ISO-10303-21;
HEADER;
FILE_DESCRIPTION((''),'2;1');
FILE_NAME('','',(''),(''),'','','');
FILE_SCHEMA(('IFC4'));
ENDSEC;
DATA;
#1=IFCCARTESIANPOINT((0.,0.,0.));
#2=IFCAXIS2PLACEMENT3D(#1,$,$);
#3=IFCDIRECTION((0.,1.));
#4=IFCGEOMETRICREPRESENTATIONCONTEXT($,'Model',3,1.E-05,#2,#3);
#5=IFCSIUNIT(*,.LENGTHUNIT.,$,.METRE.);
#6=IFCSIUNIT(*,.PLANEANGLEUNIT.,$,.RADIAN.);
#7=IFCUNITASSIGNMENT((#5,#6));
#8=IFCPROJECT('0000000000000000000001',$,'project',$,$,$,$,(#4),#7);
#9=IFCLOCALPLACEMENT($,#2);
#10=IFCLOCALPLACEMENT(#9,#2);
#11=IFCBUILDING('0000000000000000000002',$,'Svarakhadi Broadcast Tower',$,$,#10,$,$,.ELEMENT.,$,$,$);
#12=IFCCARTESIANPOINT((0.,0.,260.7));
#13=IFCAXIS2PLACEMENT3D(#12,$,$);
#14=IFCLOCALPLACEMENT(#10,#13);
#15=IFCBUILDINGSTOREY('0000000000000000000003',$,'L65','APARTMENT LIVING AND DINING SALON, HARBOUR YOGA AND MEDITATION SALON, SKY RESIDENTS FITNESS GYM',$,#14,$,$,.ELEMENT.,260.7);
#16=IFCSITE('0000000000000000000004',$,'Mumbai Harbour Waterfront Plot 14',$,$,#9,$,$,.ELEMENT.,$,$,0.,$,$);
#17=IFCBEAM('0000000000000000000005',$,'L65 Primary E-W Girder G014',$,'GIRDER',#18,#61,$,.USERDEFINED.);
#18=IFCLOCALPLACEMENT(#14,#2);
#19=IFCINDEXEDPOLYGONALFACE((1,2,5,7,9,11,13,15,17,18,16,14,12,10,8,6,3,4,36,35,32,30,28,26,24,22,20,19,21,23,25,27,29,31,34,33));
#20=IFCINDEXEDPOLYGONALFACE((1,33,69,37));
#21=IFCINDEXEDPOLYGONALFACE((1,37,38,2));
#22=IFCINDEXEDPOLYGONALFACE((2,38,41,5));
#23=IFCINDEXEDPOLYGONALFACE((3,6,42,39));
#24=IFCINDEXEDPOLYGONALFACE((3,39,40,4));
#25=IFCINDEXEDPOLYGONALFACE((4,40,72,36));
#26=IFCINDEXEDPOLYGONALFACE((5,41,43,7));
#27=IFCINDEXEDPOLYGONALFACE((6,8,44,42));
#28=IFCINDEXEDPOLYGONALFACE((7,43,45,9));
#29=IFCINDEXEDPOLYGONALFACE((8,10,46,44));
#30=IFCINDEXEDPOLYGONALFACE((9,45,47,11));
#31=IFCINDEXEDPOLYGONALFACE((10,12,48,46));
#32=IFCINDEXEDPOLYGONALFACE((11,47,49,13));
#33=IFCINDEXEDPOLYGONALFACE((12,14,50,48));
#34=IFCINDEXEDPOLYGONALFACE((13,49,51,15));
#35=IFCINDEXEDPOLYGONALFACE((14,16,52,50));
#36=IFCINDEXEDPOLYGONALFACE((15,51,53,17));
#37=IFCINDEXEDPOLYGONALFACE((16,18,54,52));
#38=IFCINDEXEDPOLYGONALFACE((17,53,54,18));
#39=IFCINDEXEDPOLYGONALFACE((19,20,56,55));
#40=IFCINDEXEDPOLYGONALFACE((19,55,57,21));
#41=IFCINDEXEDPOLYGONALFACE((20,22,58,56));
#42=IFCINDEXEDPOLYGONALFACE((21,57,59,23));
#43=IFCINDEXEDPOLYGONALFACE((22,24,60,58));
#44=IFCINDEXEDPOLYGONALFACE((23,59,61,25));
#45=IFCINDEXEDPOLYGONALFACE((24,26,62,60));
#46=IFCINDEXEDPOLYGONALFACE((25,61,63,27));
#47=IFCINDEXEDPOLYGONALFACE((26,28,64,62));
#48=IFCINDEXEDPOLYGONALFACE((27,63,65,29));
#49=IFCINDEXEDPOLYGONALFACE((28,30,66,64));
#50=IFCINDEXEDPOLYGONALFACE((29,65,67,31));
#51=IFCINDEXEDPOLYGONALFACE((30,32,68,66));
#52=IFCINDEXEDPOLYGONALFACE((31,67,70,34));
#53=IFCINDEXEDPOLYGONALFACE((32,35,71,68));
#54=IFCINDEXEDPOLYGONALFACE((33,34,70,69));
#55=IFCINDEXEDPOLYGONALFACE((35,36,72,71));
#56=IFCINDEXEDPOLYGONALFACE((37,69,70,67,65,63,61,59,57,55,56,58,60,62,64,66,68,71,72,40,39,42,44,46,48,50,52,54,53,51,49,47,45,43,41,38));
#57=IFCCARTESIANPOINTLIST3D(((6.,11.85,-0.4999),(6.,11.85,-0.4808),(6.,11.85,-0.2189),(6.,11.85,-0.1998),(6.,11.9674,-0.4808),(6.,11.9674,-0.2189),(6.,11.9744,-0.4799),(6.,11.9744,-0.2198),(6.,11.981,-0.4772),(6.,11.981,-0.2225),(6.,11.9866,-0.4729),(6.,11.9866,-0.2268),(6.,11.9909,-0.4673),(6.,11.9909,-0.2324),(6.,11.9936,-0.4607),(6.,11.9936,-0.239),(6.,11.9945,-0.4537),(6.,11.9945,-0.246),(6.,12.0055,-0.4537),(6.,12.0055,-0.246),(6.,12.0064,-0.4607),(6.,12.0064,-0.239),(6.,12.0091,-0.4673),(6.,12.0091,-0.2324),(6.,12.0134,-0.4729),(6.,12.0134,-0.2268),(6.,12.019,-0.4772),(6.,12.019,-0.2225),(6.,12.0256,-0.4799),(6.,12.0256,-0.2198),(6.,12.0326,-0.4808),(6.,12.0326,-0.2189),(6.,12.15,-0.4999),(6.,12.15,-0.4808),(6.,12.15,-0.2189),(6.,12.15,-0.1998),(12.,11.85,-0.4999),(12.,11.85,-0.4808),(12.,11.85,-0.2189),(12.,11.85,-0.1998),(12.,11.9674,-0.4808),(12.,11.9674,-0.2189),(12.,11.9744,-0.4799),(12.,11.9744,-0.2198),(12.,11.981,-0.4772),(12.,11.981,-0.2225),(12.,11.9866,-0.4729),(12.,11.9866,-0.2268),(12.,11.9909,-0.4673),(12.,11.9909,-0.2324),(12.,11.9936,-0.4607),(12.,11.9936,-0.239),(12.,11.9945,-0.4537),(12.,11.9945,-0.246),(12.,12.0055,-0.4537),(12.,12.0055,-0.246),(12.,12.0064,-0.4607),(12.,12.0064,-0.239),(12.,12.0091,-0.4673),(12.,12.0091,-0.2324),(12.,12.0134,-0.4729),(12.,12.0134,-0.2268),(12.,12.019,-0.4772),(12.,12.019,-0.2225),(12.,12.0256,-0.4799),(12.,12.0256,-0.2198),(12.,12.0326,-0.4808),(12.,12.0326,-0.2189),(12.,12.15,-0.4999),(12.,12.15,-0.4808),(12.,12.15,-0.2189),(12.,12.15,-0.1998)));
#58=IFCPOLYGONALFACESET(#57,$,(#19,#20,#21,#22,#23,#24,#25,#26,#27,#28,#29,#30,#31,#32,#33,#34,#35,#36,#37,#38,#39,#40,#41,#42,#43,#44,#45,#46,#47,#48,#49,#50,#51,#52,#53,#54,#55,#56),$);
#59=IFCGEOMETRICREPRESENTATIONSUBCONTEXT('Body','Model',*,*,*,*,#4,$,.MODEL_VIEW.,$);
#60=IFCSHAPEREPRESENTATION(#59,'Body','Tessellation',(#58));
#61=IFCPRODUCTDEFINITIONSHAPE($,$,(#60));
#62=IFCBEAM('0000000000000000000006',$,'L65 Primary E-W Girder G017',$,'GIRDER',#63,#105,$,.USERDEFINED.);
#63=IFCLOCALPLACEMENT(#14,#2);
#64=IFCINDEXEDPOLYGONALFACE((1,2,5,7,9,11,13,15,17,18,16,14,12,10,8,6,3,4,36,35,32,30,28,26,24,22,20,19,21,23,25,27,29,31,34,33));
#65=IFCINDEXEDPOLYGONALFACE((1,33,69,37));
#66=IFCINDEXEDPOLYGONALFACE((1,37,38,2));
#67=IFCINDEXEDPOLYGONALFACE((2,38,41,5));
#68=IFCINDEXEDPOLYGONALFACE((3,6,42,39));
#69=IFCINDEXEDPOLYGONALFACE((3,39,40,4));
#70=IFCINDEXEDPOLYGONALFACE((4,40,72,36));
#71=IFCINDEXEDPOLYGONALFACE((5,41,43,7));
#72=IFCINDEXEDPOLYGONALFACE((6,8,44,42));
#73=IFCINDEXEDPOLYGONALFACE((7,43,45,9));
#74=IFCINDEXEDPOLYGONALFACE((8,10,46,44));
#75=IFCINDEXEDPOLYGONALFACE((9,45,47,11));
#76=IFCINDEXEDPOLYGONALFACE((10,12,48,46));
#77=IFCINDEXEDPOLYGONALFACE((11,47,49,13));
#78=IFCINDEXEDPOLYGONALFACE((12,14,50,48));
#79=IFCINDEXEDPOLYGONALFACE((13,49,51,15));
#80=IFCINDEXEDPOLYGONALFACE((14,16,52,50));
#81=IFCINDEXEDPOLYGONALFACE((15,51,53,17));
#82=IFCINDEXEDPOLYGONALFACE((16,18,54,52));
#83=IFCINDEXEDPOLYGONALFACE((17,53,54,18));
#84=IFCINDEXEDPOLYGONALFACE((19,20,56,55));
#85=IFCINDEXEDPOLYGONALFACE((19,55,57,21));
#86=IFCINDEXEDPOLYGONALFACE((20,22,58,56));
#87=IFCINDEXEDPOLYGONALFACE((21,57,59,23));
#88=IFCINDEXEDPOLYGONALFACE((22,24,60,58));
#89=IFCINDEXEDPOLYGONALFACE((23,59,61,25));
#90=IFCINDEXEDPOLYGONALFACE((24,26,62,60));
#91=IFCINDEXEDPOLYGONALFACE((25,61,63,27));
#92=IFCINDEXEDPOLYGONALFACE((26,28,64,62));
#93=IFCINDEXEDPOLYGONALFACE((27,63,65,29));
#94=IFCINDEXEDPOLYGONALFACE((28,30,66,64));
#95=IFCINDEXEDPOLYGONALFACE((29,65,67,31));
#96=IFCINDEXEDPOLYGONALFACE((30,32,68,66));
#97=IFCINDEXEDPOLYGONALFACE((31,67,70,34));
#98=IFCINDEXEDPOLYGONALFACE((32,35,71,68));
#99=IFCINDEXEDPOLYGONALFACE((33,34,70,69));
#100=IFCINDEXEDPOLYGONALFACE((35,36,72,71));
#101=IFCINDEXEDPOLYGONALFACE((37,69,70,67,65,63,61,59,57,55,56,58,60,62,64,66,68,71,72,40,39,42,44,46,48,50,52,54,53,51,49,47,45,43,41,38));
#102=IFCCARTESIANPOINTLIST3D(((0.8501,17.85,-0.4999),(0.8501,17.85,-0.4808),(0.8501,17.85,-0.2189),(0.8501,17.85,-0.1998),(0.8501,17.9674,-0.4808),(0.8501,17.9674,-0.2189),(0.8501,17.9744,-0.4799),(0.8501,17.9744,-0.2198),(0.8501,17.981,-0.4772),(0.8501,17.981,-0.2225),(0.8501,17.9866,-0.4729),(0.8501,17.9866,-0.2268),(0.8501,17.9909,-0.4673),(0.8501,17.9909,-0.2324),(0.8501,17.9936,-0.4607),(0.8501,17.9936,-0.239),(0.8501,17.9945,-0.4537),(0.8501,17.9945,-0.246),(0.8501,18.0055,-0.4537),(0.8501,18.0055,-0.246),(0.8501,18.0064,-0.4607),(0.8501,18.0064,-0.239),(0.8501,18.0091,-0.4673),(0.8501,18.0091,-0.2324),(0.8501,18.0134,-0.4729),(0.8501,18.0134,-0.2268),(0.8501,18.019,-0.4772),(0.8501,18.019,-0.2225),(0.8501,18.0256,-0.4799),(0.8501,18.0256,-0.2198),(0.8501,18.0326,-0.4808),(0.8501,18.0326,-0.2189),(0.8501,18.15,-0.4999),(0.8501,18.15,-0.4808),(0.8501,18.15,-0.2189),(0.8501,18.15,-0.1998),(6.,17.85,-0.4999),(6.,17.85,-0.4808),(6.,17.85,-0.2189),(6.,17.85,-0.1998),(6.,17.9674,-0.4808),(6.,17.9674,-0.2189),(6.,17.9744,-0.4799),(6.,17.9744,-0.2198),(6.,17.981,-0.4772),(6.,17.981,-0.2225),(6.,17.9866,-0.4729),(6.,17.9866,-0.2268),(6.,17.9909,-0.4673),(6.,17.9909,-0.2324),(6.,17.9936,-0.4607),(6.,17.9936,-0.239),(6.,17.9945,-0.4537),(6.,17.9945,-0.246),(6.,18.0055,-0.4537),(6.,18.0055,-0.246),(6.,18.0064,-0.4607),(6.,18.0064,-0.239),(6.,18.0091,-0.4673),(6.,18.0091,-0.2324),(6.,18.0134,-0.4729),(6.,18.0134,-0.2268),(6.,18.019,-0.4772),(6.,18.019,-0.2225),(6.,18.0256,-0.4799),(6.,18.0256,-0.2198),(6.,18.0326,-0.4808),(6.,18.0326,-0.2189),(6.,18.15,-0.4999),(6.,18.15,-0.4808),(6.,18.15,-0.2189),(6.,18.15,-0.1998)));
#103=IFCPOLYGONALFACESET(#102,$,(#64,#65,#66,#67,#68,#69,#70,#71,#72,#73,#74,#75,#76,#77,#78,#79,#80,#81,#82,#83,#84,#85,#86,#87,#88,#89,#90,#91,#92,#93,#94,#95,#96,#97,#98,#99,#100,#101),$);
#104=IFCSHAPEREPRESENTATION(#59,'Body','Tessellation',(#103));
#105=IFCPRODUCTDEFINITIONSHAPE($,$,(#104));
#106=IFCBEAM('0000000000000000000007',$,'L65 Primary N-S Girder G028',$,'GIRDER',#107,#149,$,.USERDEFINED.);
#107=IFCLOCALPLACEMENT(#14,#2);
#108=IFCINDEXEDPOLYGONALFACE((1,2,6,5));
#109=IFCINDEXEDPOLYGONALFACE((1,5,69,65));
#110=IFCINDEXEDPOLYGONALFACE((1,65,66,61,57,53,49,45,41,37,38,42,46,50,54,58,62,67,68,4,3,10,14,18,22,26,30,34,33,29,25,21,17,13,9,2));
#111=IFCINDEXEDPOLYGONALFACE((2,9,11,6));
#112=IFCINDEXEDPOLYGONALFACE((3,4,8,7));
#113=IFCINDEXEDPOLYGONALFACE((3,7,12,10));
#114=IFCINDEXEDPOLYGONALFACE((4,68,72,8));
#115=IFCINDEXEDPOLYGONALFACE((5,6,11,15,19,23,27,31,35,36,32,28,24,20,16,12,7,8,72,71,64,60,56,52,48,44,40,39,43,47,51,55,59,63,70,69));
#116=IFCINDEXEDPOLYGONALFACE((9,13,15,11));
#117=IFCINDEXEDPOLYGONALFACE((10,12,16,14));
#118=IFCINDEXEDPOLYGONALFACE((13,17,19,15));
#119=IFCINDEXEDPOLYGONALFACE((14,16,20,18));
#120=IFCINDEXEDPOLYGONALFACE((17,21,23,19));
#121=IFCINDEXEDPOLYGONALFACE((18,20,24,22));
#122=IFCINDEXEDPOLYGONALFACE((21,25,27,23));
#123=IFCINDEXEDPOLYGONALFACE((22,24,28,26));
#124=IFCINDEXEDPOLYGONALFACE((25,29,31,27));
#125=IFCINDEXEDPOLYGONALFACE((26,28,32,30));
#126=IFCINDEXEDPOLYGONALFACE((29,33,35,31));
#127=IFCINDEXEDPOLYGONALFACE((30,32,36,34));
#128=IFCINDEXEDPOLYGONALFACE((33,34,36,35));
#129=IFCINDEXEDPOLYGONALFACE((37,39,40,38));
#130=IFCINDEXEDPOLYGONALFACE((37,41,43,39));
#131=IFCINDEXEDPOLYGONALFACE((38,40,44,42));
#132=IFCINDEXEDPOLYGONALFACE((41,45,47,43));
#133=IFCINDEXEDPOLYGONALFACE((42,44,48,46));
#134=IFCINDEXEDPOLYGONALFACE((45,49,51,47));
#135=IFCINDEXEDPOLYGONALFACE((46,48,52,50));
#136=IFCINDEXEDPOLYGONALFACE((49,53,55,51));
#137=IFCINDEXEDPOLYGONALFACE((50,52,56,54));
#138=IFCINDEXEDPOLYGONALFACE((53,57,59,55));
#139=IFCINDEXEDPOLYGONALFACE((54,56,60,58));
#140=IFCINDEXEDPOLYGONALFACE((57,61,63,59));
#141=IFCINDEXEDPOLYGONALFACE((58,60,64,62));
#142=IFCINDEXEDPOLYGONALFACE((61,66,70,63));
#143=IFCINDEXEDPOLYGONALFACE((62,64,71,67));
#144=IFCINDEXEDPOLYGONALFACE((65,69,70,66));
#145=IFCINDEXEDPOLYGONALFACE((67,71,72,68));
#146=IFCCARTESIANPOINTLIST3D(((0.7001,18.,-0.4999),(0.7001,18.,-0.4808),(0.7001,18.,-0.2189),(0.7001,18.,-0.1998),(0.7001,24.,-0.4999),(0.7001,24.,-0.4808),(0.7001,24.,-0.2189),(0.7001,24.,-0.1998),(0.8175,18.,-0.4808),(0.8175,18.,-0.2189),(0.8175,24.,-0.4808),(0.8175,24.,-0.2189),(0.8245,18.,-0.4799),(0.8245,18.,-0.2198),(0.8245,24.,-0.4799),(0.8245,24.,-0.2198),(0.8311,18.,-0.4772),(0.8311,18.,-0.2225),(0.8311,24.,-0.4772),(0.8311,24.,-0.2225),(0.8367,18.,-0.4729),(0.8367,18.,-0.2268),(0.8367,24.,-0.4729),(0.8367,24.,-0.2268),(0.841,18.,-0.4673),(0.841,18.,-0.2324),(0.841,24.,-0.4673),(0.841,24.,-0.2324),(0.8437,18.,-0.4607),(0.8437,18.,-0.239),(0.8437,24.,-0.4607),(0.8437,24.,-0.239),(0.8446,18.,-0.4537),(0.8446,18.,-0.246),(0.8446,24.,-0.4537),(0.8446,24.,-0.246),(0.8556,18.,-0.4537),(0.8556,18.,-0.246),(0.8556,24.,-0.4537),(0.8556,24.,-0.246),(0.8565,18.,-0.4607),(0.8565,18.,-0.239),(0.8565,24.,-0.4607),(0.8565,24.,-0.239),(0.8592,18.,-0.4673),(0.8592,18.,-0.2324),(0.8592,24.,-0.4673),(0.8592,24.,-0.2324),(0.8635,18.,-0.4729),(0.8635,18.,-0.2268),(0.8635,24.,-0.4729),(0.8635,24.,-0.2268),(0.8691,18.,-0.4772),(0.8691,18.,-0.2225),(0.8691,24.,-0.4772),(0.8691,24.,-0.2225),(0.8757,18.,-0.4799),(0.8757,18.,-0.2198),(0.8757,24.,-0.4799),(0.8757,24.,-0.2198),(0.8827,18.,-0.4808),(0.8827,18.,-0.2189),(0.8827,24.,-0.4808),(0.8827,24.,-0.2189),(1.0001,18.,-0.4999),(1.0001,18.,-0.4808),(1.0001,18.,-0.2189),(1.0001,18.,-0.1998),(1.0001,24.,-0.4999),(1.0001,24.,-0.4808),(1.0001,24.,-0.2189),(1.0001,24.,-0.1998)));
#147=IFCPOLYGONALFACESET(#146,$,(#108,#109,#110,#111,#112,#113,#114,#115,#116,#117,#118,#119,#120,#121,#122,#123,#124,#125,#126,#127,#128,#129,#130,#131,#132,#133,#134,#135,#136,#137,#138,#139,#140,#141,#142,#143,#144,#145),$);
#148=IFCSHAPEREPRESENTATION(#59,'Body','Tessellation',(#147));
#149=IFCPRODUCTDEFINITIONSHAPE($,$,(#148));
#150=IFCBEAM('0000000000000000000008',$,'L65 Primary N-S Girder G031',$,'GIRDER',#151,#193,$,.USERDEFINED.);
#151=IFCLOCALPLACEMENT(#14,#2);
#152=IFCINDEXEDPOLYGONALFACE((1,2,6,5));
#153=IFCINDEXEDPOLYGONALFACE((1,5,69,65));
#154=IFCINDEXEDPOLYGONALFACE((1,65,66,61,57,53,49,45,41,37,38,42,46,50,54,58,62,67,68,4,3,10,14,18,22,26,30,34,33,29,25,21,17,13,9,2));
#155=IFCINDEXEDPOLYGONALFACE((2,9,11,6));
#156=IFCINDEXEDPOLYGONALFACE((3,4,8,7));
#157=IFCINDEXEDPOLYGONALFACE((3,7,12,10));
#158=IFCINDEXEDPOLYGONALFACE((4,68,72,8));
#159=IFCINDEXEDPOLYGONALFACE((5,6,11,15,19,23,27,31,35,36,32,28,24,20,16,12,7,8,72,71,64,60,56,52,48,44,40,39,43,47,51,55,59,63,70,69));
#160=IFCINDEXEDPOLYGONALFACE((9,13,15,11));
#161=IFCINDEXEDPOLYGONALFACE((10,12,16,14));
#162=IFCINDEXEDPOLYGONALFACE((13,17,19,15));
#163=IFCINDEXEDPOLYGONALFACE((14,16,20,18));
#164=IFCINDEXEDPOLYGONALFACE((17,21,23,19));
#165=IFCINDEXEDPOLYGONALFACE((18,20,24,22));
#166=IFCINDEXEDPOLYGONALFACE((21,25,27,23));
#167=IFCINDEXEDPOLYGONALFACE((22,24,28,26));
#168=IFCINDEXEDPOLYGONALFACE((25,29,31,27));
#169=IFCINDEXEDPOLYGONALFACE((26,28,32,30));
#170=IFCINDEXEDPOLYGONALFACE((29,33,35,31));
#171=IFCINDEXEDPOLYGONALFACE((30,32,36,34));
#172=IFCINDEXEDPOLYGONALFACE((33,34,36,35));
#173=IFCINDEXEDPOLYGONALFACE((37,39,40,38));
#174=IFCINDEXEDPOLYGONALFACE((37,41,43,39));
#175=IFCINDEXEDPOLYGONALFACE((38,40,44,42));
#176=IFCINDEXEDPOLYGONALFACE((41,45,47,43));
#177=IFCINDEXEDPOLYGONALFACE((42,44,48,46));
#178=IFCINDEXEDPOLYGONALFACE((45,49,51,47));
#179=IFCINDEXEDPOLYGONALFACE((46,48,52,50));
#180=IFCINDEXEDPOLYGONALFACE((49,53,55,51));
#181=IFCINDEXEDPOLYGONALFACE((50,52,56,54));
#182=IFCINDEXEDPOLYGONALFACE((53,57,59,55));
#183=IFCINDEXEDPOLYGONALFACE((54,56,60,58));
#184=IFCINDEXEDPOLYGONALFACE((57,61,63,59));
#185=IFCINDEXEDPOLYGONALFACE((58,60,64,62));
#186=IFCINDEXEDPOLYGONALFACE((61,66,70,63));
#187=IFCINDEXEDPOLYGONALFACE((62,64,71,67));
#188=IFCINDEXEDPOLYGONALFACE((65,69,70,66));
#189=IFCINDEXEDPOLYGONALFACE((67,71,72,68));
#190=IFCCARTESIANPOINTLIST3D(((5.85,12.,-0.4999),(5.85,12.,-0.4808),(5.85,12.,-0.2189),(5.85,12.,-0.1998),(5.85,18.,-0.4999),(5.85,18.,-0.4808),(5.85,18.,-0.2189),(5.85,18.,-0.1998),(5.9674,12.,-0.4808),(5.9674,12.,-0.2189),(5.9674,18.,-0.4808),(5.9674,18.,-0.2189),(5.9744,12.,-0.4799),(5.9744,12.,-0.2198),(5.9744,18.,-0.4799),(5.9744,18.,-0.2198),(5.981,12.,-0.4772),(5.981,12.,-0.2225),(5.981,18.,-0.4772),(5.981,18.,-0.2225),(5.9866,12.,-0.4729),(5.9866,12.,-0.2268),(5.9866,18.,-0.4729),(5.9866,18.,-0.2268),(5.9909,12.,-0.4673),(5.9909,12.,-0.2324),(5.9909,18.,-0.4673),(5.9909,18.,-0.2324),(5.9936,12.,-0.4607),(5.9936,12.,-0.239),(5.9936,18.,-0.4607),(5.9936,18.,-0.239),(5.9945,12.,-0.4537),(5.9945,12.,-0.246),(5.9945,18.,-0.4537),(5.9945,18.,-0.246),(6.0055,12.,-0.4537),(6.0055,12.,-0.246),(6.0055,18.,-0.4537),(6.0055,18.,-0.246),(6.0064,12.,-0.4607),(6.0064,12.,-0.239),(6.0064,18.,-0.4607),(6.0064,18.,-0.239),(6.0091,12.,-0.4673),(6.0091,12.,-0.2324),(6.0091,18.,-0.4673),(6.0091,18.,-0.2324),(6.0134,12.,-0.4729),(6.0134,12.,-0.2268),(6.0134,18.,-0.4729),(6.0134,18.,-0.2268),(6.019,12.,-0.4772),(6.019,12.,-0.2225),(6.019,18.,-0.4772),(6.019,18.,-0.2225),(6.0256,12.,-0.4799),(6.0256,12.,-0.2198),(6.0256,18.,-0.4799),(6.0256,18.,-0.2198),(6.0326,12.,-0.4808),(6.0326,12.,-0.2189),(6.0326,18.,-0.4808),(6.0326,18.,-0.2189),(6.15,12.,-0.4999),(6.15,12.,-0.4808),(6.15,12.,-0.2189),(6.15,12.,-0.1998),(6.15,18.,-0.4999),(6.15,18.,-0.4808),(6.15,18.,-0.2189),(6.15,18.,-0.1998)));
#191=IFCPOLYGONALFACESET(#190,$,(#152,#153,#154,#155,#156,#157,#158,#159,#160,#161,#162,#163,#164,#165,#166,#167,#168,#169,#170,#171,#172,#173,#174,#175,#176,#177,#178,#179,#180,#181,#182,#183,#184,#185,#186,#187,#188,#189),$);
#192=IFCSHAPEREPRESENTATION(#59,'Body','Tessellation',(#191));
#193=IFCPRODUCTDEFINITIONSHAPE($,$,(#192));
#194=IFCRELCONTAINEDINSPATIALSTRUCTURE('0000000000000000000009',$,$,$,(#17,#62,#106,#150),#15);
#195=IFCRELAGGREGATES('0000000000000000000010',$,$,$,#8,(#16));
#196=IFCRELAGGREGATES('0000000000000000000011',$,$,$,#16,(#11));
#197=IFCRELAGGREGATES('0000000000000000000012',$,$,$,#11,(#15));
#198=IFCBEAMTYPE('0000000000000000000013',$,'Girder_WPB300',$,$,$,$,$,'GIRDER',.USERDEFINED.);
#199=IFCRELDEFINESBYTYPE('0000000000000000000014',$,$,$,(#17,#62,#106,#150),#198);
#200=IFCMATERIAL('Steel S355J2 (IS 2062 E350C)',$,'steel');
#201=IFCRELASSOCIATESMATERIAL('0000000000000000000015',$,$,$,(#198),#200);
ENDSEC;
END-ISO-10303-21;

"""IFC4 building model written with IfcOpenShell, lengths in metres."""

from ifc_helpers import new_model, si_unit, direction, frame, origin, origin_2d, place, context, subcontext, project, spatial, i_section, extrude, material, material_profile, profile_set, type_object, element, save


model = new_model("IFC4")

# Units and contexts
model_context = context("Model", 3, precision=1e-05, world=origin(), true_north=direction((0.0, 1.0)))
body_context = subcontext(model_context, "Body", "Model", "MODEL_VIEW")
ifc_project = project(units=[si_unit("LENGTHUNIT", "METRE"), si_unit("PLANEANGLEUNIT", "RADIAN")], contexts=[model_context])

# Site, building, storey
site_placement = place(None, origin())
site = spatial("IfcSite", under=ifc_project, at=site_placement, Name="Mumbai Harbour Waterfront Plot 14", CompositionType="ELEMENT", RefElevation=0.0)
building_placement = place(site_placement, origin())
building = spatial("IfcBuilding", under=site, at=building_placement, Name="Svarakhadi Broadcast Tower", CompositionType="ELEMENT")
storey_placement = place(building_placement, frame((0.0, 0.0, 260.7)))
storey = spatial("IfcBuildingStorey", under=building, at=storey_placement, Name="L65", Description="APARTMENT LIVING AND DINING SALON, HARBOUR YOGA AND MEDITATION SALON, SKY RESIDENTS FITNESS GYM", CompositionType="ELEMENT", Elevation=260.7)

# Shared definitions
ifc_material_1 = material(Name="Steel S355J2 (IS 2062 E350C)", Category="steel")

# Beams
ifc_material_profile_1 = material_profile(ifc_material_1, i_section(OverallWidth=0.3, OverallDepth=0.3, WebThickness=0.011, FlangeThickness=0.019, FilletRadius=0.0271, at=origin_2d()), Name="WPB 300x300x117")
ifc_profile_set_1 = profile_set([ifc_material_profile_1], Name="Steel S355J2 (IS 2062 E350C)")
beam_type_1 = type_object("IfcBeamType", Name="Girder_WPB300", ElementType="GIRDER", PredefinedType="USERDEFINED", material=ifc_profile_set_1)
beam_1_placement = place(storey_placement, frame((6.0, 12.0, -0.3499), z_axis=(1.0, 0.0, 0.0), x_axis=(0.0, 1.0, 0.0)))
element("IfcBeam", 1, at=beam_1_placement, inside=storey, type_object=beam_type_1, Name="L65 Primary E-W Girder G014", ObjectType="GIRDER", PredefinedType="USERDEFINED", context=body_context, shape_type="SweptSolid", body=[
    extrude(i_section(OverallWidth=0.3, OverallDepth=0.3, WebThickness=0.011, FlangeThickness=0.019, FilletRadius=0.0271, at=origin_2d()), origin(), (0.0, 0.0, 1.0), 6.0),
])
beam_2_placement = place(storey_placement, frame((0.8501, 18.0, -0.3499), z_axis=(1.0, 0.0, 0.0), x_axis=(0.0, 1.0, 0.0)))
element("IfcBeam", 2, at=beam_2_placement, inside=storey, type_object=beam_type_1, Name="L65 Primary E-W Girder G017", ObjectType="GIRDER", PredefinedType="USERDEFINED", context=body_context, shape_type="SweptSolid", body=[
    extrude(i_section(OverallWidth=0.3, OverallDepth=0.3, WebThickness=0.011, FlangeThickness=0.019, FilletRadius=0.0271, at=origin_2d()), origin(), (0.0, 0.0, 1.0), 5.1499),
])
for number, where, z_axis, x_axis, name in (
    (3, (0.8501, 18.0, -0.3499), (0.0, 1.0, 0.0), (-1.0, 0.0, 0.0), "L65 Primary N-S Girder G028"),
    (4, (6.0, 12.0, -0.3499), (0.0, 1.0, 0.0), (-1.0, 0.0, 0.0), "L65 Primary N-S Girder G031"),
):
    element("IfcBeam", number, at=place(storey_placement, frame(where, z_axis=z_axis, x_axis=x_axis)), inside=storey, type_object=beam_type_1, Name=name, ObjectType="GIRDER", PredefinedType="USERDEFINED", context=body_context, shape_type="SweptSolid", body=[
        extrude(i_section(OverallWidth=0.3, OverallDepth=0.3, WebThickness=0.011, FlangeThickness=0.019, FilletRadius=0.0271, at=origin_2d()), origin(), (0.0, 0.0, 1.0), 6.0),
    ])

save(model, "model.ifc")
